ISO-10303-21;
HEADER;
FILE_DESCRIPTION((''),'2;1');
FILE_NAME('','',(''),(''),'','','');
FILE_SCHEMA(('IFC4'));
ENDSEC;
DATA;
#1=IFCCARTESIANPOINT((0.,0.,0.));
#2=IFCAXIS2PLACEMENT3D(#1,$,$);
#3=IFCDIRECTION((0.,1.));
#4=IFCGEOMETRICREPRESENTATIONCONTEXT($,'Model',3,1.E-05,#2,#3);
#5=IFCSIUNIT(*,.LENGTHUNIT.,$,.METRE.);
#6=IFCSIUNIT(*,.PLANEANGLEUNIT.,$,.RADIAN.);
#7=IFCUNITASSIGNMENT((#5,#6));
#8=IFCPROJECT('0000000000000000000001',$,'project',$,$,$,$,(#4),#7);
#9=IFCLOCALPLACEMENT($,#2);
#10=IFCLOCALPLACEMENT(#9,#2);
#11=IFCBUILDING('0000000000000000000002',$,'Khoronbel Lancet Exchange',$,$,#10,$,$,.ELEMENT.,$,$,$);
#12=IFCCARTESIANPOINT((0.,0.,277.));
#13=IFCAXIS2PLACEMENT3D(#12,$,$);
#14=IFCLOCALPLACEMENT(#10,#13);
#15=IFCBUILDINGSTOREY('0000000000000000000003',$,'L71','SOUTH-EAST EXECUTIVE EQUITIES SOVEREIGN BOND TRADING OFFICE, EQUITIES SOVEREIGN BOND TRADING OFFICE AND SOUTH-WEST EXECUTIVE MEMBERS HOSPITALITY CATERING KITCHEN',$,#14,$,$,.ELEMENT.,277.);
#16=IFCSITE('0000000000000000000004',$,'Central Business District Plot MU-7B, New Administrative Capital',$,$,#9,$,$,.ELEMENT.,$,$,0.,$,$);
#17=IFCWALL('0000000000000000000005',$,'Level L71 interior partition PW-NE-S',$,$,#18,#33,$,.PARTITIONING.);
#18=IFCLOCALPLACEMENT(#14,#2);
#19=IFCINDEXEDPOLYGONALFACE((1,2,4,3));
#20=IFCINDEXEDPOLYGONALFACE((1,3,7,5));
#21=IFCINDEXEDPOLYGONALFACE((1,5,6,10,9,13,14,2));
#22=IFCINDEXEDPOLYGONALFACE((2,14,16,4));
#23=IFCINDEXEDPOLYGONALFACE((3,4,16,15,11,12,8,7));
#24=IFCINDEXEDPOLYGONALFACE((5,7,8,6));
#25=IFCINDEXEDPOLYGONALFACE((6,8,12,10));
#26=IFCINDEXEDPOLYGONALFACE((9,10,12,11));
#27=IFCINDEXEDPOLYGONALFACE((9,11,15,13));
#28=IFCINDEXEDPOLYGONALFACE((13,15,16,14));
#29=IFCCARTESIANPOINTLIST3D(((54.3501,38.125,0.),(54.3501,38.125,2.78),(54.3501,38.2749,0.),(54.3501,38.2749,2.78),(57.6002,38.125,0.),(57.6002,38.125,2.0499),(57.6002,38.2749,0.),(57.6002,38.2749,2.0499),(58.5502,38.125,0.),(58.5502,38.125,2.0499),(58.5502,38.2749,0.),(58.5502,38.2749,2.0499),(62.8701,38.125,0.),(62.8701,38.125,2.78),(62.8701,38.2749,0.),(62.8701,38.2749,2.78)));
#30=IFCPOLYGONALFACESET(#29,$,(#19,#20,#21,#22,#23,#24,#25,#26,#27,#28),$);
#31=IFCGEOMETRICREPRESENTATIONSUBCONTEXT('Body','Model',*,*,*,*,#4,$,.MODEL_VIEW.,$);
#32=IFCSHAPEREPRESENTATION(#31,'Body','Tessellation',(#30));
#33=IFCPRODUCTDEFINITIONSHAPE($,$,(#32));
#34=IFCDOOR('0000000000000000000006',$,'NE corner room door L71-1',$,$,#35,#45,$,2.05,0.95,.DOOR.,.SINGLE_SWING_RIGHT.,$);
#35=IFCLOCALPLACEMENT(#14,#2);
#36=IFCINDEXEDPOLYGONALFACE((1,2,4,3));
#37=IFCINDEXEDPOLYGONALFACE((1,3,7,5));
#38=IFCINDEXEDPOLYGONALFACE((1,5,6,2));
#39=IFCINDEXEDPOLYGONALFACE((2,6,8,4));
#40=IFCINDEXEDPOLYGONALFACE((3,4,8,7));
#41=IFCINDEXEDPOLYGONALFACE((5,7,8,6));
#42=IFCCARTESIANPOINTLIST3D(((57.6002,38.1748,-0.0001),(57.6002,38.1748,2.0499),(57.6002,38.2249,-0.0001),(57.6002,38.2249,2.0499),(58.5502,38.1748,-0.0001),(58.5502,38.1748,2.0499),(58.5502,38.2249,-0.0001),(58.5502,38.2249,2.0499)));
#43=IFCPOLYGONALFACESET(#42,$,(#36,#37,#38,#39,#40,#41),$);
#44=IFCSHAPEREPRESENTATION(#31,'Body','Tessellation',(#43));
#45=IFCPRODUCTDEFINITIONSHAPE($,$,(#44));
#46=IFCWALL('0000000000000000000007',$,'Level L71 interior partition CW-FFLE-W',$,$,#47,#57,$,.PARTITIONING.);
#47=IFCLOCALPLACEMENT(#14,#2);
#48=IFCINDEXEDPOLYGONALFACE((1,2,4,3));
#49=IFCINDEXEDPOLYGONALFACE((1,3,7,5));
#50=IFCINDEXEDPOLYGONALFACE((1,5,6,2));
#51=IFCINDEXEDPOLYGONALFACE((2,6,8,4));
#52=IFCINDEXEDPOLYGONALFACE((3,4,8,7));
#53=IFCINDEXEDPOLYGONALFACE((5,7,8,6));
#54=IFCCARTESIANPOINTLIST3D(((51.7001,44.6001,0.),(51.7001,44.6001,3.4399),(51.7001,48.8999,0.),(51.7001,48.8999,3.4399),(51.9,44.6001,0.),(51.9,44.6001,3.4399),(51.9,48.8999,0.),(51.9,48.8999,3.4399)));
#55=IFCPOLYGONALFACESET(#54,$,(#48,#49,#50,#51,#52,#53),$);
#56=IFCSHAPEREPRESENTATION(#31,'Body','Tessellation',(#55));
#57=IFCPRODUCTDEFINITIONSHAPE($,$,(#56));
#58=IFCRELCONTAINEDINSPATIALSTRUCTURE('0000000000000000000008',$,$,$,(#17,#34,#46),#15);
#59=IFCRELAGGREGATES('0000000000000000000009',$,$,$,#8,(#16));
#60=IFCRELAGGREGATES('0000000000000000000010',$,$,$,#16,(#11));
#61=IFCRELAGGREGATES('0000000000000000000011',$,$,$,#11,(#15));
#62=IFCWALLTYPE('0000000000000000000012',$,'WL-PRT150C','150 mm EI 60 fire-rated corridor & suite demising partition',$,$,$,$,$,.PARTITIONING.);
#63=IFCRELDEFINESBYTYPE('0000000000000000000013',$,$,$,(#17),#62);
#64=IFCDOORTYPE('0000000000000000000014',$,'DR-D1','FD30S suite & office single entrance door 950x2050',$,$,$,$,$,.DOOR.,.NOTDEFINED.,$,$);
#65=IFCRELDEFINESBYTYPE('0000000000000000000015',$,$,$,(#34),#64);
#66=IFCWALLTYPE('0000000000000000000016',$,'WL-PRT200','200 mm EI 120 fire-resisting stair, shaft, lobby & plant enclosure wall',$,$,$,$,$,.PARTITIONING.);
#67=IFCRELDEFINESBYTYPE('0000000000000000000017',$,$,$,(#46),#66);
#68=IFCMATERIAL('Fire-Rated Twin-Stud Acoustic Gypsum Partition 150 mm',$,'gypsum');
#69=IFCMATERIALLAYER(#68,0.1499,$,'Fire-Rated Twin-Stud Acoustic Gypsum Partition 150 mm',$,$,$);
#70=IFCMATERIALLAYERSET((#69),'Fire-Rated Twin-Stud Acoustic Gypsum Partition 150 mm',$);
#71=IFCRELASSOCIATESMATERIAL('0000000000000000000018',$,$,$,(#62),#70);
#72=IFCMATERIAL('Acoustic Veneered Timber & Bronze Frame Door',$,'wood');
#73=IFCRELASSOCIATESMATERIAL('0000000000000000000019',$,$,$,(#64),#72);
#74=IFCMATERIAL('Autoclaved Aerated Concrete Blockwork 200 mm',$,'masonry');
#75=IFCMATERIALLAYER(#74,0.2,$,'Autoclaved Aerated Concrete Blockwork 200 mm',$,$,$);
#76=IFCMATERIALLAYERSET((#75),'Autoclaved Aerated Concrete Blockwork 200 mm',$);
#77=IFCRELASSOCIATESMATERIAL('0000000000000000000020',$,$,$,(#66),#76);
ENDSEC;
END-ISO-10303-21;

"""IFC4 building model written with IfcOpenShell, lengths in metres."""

from ifc_helpers import new_model, si_unit, direction, frame, frame_2d, origin, place, context, subcontext, project, spatial, rectangle, extrude, material, layer, layer_set, type_object, element, fill, save


model = new_model("IFC4")

# Units and contexts
model_context = context("Model", 3, precision=1e-05, world=origin(), true_north=direction((0.0, 1.0)))
body_context = subcontext(model_context, "Body", "Model", "MODEL_VIEW")
ifc_project = project(units=[si_unit("LENGTHUNIT", "METRE"), si_unit("PLANEANGLEUNIT", "RADIAN")], contexts=[model_context])

# Site, building, storey
site_placement = place(None, origin())
site = spatial("IfcSite", under=ifc_project, at=site_placement, Name="Central Business District Plot MU-7B, New Administrative Capital", CompositionType="ELEMENT", RefElevation=0.0)
building_placement = place(site_placement, origin())
building = spatial("IfcBuilding", under=site, at=building_placement, Name="Khoronbel Lancet Exchange", CompositionType="ELEMENT")
storey_placement = place(building_placement, frame((0.0, 0.0, 277.0)))
storey = spatial("IfcBuildingStorey", under=building, at=storey_placement, Name="L71", Description="SOUTH-EAST EXECUTIVE EQUITIES SOVEREIGN BOND TRADING OFFICE, EQUITIES SOVEREIGN BOND TRADING OFFICE AND SOUTH-WEST EXECUTIVE MEMBERS HOSPITALITY CATERING KITCHEN", CompositionType="ELEMENT", Elevation=277.0)

# Wall, opening, door
ifc_material_1 = material(Name="Fire-Rated Twin-Stud Acoustic Gypsum Partition 150 mm", Category="gypsum")
ifc_layer_1 = layer(ifc_material_1, 0.1499, Name="Fire-Rated Twin-Stud Acoustic Gypsum Partition 150 mm")
ifc_layer_set_1 = layer_set([ifc_layer_1], Name="Fire-Rated Twin-Stud Acoustic Gypsum Partition 150 mm")
wall_type_1 = type_object("IfcWallType", Name="WL-PRT150C", Description="150 mm EI 60 fire-rated corridor & suite demising partition", PredefinedType="PARTITIONING", material=ifc_layer_set_1)
wall_1_placement = place(storey_placement, frame((54.3501, 38.2, 0.0), z_axis=(0.0, 0.0, 1.0), x_axis=(1.0, 0.0, 0.0)))
wall_1 = element("IfcWall", 1, at=wall_1_placement, inside=storey, type_object=wall_type_1, Name="Level L71 interior partition PW-NE-S", PredefinedType="PARTITIONING", context=body_context, shape_type="SweptSolid", body=[
    extrude(rectangle(XDim=8.52, YDim=0.1499, at=frame_2d((4.26, 0.0))), origin(), (0.0, 0.0, 1.0), 2.78),
])
opening_1_placement = place(wall_1_placement, frame((3.25, 0.0, 0.0)))
opening_1 = element("IfcOpeningElement", 2, at=opening_1_placement, cuts=wall_1, PredefinedType="OPENING", context=body_context, shape_type="SweptSolid", body=[
    extrude(rectangle(XDim=0.95, YDim=2.05, at=frame_2d((0.4751, 1.0249))), frame((0.0, 0.085, 0.0), z_axis=(0.0, -1.0, 0.0), x_axis=(1.0, 0.0, 0.0)), (0.0, 0.0, 1.0), 0.1699),
])
ifc_material_2 = material(Name="Acoustic Veneered Timber & Bronze Frame Door", Category="wood")
door_type_1 = type_object("IfcDoorType", Name="DR-D1", Description="FD30S suite & office single entrance door 950x2050", OperationType="NOTDEFINED", PredefinedType="DOOR", material=ifc_material_2)
door_1_placement = place(opening_1_placement, origin())
door_1 = element("IfcDoor", 3, at=door_1_placement, inside=storey, type_object=door_type_1, Name="NE corner room door L71-1", OperationType="SINGLE_SWING_RIGHT", OverallHeight=2.05, OverallWidth=0.95, PredefinedType="DOOR", context=body_context, shape_type="SweptSolid", body=[
    extrude(rectangle(XDim=0.95, YDim=2.05, at=frame_2d((0.4751, 1.0249))), frame((0.0, 0.0249, 0.0), z_axis=(0.0, -1.0, 0.0), x_axis=(1.0, 0.0, 0.0)), (0.0, 0.0, 1.0), 0.05),
])
fill(opening_1, door_1)

# Wall
ifc_material_3 = material(Name="Autoclaved Aerated Concrete Blockwork 200 mm", Category="masonry")
ifc_layer_2 = layer(ifc_material_3, 0.2, Name="Autoclaved Aerated Concrete Blockwork 200 mm")
ifc_layer_set_2 = layer_set([ifc_layer_2], Name="Autoclaved Aerated Concrete Blockwork 200 mm")
wall_type_2 = type_object("IfcWallType", Name="WL-PRT200", Description="200 mm EI 120 fire-resisting stair, shaft, lobby & plant enclosure wall", PredefinedType="PARTITIONING", material=ifc_layer_set_2)
wall_2_placement = place(storey_placement, frame((51.8, 44.6001, 0.0), z_axis=(0.0, 0.0, 1.0), x_axis=(0.0, 1.0, 0.0)))
element("IfcWall", 4, at=wall_2_placement, inside=storey, type_object=wall_type_2, Name="Level L71 interior partition CW-FFLE-W", PredefinedType="PARTITIONING", context=body_context, shape_type="SweptSolid", body=[
    extrude(rectangle(XDim=4.2998, YDim=0.2, at=frame_2d((2.1499, 0.0))), origin(), (0.0, 0.0, 1.0), 3.4399),
])

save(model, "model.ifc")
